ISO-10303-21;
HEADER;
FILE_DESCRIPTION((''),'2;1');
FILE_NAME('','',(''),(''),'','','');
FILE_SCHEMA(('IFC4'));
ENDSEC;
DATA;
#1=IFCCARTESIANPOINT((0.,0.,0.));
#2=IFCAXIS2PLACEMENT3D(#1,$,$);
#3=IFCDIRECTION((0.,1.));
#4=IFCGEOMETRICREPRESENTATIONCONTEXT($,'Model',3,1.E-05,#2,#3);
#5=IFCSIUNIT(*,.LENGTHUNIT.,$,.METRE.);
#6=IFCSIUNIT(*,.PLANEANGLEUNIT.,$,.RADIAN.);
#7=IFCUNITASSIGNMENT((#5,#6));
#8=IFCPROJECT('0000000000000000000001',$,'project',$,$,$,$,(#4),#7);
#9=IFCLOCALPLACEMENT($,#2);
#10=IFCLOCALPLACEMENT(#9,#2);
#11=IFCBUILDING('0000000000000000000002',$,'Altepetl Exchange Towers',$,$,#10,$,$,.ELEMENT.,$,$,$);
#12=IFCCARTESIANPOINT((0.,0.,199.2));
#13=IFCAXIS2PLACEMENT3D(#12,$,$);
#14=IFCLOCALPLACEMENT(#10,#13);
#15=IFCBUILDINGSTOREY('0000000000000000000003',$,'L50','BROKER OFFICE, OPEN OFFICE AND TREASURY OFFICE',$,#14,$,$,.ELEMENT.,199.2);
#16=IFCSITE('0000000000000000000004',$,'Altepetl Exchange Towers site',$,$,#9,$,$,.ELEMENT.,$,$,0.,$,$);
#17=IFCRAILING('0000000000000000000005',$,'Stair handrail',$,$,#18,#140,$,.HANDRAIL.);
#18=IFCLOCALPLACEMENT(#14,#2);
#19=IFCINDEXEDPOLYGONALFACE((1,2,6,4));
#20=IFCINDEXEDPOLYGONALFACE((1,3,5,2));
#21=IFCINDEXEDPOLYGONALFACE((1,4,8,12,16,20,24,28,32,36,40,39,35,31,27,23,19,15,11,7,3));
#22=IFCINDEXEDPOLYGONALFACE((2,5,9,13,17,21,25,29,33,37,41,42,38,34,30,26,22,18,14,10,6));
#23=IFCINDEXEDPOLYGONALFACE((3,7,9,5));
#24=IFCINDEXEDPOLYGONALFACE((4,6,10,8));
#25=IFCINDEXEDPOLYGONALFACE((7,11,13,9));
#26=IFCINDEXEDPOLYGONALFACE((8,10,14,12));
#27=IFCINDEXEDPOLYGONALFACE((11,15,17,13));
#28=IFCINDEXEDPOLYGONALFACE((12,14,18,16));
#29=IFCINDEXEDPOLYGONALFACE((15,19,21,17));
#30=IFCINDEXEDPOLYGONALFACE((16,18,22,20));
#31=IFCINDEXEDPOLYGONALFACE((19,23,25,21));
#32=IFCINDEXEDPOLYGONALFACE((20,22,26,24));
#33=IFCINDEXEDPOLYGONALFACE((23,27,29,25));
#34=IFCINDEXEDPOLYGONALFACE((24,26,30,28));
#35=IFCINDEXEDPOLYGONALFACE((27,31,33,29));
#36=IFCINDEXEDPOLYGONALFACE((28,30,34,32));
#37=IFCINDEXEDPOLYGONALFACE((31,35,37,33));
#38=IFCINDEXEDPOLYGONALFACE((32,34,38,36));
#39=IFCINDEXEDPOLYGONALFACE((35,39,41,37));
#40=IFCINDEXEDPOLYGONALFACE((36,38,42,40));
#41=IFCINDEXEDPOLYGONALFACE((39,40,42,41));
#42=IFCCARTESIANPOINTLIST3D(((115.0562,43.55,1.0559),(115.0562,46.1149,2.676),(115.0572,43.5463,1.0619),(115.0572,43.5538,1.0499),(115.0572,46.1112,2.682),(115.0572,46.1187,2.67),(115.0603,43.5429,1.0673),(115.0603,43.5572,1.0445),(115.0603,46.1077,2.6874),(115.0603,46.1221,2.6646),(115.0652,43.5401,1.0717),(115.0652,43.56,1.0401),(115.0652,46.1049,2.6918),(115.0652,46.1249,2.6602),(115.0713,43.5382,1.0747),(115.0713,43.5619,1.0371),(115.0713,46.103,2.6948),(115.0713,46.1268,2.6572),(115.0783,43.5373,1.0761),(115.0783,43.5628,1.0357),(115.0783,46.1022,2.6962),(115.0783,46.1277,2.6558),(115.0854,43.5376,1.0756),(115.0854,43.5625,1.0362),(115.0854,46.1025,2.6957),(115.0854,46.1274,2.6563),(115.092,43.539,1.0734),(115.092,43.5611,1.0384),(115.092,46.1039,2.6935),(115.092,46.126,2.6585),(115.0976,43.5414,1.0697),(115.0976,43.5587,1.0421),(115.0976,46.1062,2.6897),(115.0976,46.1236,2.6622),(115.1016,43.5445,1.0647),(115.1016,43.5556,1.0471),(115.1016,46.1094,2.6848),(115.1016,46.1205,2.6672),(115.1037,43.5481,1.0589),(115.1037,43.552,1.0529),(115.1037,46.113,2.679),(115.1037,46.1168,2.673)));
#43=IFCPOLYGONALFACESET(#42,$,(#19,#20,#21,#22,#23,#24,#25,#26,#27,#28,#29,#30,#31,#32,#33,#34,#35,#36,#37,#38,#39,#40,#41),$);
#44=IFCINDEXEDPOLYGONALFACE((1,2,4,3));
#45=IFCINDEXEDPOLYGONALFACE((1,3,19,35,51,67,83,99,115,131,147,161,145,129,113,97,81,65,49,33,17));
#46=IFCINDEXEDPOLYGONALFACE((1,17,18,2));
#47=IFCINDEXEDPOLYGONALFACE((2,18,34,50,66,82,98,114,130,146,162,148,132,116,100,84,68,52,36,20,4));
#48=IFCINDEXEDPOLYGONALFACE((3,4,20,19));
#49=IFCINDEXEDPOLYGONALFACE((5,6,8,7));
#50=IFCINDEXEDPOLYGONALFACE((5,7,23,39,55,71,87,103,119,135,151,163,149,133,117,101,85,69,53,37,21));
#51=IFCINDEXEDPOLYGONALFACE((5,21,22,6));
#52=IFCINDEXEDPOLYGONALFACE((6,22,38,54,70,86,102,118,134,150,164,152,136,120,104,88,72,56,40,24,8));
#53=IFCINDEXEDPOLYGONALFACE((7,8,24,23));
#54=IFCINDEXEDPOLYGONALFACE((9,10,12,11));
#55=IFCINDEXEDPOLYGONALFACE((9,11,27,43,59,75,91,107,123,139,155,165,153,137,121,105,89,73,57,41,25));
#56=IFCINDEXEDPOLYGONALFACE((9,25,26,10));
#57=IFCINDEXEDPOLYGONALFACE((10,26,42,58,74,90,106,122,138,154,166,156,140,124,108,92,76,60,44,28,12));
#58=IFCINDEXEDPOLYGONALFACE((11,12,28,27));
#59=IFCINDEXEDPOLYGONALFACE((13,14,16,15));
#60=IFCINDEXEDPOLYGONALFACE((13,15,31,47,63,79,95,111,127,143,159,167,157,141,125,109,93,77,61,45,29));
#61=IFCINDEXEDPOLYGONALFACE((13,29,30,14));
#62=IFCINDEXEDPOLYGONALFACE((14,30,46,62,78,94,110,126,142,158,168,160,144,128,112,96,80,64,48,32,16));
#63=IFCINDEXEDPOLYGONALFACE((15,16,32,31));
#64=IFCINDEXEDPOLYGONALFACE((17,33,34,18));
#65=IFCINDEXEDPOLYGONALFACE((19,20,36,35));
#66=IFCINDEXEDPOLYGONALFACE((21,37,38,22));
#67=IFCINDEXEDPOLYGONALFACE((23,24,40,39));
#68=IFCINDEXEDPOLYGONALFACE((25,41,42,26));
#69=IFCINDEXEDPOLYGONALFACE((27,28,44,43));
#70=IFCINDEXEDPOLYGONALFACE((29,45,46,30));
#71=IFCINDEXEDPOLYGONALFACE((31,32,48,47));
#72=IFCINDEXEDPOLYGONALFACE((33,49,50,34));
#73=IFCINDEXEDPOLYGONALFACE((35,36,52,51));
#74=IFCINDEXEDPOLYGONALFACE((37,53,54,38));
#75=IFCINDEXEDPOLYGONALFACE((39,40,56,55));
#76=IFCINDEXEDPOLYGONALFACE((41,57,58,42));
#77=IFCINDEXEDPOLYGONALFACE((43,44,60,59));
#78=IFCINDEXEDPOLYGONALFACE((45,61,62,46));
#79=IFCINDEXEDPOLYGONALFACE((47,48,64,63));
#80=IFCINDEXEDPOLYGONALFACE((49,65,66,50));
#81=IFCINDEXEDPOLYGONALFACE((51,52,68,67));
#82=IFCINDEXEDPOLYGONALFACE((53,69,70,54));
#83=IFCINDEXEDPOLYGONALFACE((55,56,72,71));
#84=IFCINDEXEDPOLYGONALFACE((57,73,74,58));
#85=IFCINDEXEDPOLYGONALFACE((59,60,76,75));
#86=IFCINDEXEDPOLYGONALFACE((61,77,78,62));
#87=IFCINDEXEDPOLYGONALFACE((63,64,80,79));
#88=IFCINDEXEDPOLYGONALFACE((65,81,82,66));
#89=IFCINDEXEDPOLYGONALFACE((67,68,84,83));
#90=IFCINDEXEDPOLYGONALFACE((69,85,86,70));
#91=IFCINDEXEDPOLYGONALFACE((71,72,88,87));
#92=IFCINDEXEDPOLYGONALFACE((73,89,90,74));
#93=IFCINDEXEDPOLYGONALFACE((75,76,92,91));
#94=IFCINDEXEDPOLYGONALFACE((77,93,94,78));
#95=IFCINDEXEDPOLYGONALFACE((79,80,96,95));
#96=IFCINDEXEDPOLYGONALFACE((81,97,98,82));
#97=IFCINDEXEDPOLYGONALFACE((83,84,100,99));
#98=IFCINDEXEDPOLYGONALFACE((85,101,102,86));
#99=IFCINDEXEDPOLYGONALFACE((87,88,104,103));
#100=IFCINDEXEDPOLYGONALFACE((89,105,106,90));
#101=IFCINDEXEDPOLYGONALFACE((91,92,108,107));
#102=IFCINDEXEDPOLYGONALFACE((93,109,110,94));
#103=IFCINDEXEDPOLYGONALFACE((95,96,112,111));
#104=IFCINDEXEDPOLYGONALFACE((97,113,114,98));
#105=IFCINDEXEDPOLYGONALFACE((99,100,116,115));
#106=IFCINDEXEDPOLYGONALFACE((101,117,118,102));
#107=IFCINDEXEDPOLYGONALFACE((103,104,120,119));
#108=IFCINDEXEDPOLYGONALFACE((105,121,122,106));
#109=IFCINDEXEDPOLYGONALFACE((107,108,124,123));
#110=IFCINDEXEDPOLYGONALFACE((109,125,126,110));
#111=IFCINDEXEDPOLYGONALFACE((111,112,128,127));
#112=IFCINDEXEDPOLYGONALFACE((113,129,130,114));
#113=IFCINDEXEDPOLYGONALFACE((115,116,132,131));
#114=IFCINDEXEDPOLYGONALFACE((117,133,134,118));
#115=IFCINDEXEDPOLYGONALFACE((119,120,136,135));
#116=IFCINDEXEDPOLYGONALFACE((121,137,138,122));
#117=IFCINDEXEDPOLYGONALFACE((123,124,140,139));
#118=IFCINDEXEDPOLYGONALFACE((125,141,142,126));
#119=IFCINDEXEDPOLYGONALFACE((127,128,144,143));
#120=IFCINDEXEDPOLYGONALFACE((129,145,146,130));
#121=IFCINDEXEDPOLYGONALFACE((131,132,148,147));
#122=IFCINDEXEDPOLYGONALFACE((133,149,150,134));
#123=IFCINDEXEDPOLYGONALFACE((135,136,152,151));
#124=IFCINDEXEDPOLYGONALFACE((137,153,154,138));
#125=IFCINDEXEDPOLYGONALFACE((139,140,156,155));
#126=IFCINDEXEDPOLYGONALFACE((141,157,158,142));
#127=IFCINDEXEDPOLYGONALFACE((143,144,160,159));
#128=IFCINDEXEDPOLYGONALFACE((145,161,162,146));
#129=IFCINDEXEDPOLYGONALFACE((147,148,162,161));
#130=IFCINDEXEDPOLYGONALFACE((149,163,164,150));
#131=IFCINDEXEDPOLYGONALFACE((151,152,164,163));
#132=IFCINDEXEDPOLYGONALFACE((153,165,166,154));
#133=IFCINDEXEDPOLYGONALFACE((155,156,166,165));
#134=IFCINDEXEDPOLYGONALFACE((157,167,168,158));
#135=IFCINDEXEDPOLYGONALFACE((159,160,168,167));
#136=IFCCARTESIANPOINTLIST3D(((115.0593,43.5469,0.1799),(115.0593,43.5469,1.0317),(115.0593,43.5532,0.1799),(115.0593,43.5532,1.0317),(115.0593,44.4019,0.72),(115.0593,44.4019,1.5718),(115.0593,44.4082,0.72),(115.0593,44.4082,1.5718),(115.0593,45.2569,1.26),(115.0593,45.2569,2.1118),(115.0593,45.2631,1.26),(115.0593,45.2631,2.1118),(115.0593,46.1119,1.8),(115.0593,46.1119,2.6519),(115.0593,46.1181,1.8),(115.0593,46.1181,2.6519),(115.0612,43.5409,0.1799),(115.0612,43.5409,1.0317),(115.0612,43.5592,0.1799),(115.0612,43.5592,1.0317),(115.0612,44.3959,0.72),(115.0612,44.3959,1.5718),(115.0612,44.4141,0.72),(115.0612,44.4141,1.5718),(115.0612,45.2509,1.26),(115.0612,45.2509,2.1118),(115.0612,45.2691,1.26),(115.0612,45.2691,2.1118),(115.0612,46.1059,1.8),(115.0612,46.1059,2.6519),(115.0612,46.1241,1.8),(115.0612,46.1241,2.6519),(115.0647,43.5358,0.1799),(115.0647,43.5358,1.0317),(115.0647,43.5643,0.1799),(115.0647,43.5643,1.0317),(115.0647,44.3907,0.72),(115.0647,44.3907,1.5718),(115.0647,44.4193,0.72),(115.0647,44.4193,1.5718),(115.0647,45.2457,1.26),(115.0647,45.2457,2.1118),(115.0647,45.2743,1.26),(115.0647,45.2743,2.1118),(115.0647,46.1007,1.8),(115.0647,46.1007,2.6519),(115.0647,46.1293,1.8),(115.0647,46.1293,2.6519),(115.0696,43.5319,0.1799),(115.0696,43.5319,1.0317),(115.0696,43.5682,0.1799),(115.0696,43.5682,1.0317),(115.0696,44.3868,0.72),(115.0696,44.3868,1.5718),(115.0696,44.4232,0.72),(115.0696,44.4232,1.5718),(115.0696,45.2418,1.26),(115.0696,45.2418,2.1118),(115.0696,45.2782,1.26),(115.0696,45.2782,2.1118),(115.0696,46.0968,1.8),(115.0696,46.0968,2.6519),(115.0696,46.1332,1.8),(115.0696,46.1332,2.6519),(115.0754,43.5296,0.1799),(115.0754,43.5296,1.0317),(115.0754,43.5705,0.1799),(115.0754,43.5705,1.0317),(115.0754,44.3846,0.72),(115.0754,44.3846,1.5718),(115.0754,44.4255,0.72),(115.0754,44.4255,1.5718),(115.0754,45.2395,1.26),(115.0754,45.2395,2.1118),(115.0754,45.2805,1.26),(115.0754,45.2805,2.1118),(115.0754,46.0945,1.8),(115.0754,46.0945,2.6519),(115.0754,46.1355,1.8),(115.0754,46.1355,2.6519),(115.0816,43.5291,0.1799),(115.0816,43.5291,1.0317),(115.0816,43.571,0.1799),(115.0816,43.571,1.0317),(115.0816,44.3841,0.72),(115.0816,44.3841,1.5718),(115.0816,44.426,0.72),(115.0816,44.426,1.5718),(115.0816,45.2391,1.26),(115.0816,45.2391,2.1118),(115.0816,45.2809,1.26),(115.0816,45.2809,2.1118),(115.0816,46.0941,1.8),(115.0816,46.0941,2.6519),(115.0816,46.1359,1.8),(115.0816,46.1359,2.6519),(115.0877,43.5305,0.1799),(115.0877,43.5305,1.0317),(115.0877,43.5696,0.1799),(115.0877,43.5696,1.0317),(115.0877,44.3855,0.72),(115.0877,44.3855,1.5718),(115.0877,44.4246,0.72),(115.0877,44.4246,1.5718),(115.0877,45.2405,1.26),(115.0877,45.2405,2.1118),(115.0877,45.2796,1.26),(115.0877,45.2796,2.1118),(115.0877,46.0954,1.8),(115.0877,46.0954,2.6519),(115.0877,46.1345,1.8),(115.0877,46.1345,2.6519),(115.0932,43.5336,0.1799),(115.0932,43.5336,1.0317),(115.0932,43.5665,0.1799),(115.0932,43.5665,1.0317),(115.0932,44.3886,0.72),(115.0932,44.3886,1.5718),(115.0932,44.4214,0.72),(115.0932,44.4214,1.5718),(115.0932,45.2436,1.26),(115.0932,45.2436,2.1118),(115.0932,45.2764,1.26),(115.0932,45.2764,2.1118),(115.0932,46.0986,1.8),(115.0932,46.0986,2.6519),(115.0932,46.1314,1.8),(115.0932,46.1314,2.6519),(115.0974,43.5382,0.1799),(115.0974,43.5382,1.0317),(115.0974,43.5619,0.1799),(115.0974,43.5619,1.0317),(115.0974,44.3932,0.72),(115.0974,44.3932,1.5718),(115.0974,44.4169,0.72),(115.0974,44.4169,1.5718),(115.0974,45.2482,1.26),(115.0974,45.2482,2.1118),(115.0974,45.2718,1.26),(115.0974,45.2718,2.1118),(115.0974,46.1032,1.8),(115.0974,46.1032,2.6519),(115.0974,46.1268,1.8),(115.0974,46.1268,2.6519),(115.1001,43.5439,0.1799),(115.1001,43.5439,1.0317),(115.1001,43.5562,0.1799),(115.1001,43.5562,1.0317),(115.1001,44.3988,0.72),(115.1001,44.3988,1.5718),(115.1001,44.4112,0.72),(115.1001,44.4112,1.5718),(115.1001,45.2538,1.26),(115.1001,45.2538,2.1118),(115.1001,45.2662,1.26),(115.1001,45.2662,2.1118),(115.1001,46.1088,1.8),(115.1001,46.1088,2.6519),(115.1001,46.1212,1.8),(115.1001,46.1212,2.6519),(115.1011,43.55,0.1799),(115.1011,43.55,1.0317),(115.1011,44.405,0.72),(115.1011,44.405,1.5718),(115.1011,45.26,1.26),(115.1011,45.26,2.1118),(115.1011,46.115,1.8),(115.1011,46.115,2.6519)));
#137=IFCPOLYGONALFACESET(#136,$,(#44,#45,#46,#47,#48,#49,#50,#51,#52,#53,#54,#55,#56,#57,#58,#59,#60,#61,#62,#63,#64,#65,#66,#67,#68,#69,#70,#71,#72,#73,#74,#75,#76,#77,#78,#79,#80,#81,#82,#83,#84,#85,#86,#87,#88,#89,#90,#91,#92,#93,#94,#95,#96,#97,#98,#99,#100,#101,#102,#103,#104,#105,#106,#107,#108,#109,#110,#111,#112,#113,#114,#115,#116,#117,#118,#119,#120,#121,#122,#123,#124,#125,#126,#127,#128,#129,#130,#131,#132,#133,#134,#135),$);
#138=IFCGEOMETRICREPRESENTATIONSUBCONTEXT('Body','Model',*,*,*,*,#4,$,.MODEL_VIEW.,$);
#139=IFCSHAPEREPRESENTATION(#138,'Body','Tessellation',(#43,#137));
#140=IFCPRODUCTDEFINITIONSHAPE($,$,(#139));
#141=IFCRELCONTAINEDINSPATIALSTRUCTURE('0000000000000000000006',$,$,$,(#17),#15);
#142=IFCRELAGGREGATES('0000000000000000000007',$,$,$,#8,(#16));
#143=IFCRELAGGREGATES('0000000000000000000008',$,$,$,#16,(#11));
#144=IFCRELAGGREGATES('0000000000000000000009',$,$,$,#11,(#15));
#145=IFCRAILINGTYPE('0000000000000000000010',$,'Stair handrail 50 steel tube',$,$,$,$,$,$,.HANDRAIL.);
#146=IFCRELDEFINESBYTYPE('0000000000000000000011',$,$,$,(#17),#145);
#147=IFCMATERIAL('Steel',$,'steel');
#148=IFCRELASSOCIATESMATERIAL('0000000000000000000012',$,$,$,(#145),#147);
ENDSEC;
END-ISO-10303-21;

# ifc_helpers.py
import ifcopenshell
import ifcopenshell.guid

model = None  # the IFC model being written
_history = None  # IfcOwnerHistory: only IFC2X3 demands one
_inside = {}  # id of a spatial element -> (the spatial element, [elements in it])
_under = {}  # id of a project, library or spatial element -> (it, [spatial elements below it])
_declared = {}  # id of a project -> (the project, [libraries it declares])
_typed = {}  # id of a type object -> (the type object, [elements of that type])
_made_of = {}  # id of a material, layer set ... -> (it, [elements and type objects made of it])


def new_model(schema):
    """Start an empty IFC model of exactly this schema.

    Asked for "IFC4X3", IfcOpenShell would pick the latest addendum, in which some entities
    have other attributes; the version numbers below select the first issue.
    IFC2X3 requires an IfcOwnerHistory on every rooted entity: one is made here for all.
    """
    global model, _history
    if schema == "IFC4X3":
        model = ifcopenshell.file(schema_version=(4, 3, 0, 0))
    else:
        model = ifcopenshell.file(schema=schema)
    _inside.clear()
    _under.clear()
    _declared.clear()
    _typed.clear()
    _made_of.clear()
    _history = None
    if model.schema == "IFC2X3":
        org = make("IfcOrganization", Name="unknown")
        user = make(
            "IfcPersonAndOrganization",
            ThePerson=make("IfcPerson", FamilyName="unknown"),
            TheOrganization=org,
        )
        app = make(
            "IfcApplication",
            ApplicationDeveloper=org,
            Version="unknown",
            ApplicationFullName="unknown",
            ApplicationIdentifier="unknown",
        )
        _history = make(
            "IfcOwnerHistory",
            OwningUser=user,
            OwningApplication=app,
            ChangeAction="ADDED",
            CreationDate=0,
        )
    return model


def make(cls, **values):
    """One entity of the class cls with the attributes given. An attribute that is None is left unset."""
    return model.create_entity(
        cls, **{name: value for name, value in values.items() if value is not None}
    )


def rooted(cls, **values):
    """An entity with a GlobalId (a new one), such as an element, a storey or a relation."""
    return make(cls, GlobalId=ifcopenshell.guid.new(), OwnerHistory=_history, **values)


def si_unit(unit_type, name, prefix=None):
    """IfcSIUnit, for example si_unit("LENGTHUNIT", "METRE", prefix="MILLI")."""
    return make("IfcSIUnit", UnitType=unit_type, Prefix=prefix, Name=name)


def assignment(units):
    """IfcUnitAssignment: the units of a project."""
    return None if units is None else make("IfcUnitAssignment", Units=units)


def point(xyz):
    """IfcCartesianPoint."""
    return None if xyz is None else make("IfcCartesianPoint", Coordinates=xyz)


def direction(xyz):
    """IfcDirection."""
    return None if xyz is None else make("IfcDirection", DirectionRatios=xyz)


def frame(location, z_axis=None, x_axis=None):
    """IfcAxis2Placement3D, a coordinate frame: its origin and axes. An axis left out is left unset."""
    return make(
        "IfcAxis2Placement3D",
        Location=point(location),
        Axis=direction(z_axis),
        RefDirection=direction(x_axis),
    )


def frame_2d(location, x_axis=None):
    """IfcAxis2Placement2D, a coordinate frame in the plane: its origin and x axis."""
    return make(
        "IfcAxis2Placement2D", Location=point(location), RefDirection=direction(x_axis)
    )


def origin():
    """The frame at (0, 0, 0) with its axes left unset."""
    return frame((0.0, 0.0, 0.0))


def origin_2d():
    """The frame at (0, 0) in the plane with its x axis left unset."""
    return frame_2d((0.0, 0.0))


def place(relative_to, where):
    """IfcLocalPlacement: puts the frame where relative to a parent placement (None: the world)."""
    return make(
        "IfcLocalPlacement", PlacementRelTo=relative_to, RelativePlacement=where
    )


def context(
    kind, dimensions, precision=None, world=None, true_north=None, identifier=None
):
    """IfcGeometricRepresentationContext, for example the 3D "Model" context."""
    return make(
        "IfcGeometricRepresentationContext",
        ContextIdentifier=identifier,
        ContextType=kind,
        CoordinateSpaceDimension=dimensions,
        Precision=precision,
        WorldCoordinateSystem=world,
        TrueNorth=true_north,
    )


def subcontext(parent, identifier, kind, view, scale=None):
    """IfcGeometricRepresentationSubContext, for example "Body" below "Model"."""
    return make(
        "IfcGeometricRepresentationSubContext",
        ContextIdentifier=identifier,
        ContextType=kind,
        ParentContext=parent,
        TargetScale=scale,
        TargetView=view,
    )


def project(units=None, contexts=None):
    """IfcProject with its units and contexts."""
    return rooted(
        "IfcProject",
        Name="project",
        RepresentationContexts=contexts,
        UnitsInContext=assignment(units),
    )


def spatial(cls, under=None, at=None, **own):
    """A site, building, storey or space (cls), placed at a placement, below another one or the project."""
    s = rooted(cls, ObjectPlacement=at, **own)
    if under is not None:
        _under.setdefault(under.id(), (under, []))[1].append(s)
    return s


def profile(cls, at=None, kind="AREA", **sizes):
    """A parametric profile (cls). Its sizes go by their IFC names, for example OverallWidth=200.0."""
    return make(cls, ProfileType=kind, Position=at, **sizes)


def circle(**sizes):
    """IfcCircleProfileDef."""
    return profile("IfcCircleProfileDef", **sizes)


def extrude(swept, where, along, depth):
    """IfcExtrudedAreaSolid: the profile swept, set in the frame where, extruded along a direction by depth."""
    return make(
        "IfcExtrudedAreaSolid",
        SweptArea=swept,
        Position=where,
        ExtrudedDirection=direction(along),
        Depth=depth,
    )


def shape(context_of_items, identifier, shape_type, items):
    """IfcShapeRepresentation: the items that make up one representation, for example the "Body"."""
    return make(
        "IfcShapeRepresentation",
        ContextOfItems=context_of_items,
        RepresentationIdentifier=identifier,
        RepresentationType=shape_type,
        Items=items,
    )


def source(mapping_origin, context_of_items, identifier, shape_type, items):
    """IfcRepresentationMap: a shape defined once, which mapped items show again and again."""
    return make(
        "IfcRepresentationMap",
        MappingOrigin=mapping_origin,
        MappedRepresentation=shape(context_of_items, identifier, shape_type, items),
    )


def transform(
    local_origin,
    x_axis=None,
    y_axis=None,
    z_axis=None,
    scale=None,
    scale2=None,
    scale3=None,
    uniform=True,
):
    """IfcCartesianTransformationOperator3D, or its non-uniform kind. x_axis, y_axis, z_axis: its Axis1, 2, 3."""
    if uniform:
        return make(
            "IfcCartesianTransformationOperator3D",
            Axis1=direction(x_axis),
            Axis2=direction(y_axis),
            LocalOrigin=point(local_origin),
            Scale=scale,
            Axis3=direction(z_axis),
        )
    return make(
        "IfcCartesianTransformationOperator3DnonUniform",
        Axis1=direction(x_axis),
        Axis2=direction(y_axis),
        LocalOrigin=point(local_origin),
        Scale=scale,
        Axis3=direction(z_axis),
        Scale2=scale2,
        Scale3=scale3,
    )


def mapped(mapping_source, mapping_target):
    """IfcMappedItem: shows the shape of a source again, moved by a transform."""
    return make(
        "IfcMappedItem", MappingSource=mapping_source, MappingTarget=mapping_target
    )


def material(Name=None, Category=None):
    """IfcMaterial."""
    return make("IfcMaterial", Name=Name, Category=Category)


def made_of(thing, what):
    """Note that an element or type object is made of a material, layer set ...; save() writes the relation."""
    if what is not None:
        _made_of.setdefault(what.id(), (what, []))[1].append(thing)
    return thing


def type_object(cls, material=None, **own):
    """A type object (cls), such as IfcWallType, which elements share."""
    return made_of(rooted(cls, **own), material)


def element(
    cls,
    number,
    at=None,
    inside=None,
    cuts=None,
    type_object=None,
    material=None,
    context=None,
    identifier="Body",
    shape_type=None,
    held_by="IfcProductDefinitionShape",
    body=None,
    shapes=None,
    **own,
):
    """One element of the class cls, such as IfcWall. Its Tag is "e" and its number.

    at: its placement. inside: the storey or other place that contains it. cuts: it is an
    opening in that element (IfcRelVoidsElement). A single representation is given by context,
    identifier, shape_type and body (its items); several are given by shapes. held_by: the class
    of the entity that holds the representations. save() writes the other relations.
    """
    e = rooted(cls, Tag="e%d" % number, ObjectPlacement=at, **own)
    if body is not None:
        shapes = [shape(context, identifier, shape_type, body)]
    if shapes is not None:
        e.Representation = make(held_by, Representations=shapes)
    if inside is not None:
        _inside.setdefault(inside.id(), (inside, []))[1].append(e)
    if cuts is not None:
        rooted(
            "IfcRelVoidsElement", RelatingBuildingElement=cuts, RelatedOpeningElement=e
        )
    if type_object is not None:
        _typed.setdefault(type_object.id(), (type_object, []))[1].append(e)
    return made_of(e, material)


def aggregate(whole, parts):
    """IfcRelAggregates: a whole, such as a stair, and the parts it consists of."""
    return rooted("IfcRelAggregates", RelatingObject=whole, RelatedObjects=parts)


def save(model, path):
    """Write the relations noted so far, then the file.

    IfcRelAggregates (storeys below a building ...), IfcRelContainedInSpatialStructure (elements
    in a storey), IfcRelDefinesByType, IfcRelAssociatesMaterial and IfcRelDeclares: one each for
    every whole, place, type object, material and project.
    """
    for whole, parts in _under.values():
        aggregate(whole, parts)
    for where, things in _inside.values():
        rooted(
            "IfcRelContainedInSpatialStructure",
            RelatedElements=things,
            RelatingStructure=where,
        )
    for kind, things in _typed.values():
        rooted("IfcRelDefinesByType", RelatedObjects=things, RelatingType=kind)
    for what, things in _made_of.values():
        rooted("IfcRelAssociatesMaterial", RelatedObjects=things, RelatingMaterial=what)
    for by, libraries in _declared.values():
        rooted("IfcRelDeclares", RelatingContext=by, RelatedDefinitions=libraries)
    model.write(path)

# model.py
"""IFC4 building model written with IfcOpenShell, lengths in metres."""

from ifc_helpers import new_model, si_unit, direction, frame, origin, origin_2d, place, context, subcontext, project, spatial, circle, extrude, source, transform, mapped, material, type_object, element, save


model = new_model("IFC4")

# Units and contexts
model_context = context("Model", 3, precision=1e-05, world=origin(), true_north=direction((0.0, 1.0)))
body_context = subcontext(model_context, "Body", "Model", "MODEL_VIEW")
ifc_project = project(units=[si_unit("LENGTHUNIT", "METRE"), si_unit("PLANEANGLEUNIT", "RADIAN")], contexts=[model_context])

# Site, building, storey
site_placement = place(None, origin())
site = spatial("IfcSite", under=ifc_project, at=site_placement, Name="Altepetl Exchange Towers site", CompositionType="ELEMENT", RefElevation=0.0)
building_placement = place(site_placement, origin())
building = spatial("IfcBuilding", under=site, at=building_placement, Name="Altepetl Exchange Towers", CompositionType="ELEMENT")
storey_placement = place(building_placement, frame((0.0, 0.0, 199.2)))
storey = spatial("IfcBuildingStorey", under=building, at=storey_placement, Name="L50", Description="BROKER OFFICE, OPEN OFFICE AND TREASURY OFFICE", CompositionType="ELEMENT", Elevation=199.2)

# Railing
ifc_material_1 = material(Name="Steel", Category="steel")
railing_type = type_object("IfcRailingType", Name="Stair handrail 50 steel tube", PredefinedType="HANDRAIL", material=ifc_material_1)
shared_shape = source(origin(), body_context, "Body", "SweptSolid", [
    extrude(circle(Radius=0.021, at=origin_2d()), origin(), (0.0, 0.0, 1.0), 0.8518),
])
railing_placement = place(storey_placement, frame((115.0801, 43.55, 0.1799)))
element("IfcRailing", 1, at=railing_placement, inside=storey, type_object=railing_type, Name="Stair handrail", PredefinedType="HANDRAIL", context=body_context, shape_type="SweptSolid", body=[
    extrude(circle(Radius=0.0239, at=origin_2d()), frame((0.0, 0.0, 0.876), z_axis=(0.0, 0.845466, 0.534029), x_axis=(-1.0, 0.0, 0.0)), (0.0, 0.0, 1.0), 3.0337),
    mapped(shared_shape, transform((0.0, 0.0, 0.0))),
    mapped(shared_shape, transform((0.0, 0.855, 0.54))),
    mapped(shared_shape, transform((0.0, 1.71, 1.0801))),
    mapped(shared_shape, transform((0.0, 2.5649, 1.6201))),
])

save(model, "model.ifc")
